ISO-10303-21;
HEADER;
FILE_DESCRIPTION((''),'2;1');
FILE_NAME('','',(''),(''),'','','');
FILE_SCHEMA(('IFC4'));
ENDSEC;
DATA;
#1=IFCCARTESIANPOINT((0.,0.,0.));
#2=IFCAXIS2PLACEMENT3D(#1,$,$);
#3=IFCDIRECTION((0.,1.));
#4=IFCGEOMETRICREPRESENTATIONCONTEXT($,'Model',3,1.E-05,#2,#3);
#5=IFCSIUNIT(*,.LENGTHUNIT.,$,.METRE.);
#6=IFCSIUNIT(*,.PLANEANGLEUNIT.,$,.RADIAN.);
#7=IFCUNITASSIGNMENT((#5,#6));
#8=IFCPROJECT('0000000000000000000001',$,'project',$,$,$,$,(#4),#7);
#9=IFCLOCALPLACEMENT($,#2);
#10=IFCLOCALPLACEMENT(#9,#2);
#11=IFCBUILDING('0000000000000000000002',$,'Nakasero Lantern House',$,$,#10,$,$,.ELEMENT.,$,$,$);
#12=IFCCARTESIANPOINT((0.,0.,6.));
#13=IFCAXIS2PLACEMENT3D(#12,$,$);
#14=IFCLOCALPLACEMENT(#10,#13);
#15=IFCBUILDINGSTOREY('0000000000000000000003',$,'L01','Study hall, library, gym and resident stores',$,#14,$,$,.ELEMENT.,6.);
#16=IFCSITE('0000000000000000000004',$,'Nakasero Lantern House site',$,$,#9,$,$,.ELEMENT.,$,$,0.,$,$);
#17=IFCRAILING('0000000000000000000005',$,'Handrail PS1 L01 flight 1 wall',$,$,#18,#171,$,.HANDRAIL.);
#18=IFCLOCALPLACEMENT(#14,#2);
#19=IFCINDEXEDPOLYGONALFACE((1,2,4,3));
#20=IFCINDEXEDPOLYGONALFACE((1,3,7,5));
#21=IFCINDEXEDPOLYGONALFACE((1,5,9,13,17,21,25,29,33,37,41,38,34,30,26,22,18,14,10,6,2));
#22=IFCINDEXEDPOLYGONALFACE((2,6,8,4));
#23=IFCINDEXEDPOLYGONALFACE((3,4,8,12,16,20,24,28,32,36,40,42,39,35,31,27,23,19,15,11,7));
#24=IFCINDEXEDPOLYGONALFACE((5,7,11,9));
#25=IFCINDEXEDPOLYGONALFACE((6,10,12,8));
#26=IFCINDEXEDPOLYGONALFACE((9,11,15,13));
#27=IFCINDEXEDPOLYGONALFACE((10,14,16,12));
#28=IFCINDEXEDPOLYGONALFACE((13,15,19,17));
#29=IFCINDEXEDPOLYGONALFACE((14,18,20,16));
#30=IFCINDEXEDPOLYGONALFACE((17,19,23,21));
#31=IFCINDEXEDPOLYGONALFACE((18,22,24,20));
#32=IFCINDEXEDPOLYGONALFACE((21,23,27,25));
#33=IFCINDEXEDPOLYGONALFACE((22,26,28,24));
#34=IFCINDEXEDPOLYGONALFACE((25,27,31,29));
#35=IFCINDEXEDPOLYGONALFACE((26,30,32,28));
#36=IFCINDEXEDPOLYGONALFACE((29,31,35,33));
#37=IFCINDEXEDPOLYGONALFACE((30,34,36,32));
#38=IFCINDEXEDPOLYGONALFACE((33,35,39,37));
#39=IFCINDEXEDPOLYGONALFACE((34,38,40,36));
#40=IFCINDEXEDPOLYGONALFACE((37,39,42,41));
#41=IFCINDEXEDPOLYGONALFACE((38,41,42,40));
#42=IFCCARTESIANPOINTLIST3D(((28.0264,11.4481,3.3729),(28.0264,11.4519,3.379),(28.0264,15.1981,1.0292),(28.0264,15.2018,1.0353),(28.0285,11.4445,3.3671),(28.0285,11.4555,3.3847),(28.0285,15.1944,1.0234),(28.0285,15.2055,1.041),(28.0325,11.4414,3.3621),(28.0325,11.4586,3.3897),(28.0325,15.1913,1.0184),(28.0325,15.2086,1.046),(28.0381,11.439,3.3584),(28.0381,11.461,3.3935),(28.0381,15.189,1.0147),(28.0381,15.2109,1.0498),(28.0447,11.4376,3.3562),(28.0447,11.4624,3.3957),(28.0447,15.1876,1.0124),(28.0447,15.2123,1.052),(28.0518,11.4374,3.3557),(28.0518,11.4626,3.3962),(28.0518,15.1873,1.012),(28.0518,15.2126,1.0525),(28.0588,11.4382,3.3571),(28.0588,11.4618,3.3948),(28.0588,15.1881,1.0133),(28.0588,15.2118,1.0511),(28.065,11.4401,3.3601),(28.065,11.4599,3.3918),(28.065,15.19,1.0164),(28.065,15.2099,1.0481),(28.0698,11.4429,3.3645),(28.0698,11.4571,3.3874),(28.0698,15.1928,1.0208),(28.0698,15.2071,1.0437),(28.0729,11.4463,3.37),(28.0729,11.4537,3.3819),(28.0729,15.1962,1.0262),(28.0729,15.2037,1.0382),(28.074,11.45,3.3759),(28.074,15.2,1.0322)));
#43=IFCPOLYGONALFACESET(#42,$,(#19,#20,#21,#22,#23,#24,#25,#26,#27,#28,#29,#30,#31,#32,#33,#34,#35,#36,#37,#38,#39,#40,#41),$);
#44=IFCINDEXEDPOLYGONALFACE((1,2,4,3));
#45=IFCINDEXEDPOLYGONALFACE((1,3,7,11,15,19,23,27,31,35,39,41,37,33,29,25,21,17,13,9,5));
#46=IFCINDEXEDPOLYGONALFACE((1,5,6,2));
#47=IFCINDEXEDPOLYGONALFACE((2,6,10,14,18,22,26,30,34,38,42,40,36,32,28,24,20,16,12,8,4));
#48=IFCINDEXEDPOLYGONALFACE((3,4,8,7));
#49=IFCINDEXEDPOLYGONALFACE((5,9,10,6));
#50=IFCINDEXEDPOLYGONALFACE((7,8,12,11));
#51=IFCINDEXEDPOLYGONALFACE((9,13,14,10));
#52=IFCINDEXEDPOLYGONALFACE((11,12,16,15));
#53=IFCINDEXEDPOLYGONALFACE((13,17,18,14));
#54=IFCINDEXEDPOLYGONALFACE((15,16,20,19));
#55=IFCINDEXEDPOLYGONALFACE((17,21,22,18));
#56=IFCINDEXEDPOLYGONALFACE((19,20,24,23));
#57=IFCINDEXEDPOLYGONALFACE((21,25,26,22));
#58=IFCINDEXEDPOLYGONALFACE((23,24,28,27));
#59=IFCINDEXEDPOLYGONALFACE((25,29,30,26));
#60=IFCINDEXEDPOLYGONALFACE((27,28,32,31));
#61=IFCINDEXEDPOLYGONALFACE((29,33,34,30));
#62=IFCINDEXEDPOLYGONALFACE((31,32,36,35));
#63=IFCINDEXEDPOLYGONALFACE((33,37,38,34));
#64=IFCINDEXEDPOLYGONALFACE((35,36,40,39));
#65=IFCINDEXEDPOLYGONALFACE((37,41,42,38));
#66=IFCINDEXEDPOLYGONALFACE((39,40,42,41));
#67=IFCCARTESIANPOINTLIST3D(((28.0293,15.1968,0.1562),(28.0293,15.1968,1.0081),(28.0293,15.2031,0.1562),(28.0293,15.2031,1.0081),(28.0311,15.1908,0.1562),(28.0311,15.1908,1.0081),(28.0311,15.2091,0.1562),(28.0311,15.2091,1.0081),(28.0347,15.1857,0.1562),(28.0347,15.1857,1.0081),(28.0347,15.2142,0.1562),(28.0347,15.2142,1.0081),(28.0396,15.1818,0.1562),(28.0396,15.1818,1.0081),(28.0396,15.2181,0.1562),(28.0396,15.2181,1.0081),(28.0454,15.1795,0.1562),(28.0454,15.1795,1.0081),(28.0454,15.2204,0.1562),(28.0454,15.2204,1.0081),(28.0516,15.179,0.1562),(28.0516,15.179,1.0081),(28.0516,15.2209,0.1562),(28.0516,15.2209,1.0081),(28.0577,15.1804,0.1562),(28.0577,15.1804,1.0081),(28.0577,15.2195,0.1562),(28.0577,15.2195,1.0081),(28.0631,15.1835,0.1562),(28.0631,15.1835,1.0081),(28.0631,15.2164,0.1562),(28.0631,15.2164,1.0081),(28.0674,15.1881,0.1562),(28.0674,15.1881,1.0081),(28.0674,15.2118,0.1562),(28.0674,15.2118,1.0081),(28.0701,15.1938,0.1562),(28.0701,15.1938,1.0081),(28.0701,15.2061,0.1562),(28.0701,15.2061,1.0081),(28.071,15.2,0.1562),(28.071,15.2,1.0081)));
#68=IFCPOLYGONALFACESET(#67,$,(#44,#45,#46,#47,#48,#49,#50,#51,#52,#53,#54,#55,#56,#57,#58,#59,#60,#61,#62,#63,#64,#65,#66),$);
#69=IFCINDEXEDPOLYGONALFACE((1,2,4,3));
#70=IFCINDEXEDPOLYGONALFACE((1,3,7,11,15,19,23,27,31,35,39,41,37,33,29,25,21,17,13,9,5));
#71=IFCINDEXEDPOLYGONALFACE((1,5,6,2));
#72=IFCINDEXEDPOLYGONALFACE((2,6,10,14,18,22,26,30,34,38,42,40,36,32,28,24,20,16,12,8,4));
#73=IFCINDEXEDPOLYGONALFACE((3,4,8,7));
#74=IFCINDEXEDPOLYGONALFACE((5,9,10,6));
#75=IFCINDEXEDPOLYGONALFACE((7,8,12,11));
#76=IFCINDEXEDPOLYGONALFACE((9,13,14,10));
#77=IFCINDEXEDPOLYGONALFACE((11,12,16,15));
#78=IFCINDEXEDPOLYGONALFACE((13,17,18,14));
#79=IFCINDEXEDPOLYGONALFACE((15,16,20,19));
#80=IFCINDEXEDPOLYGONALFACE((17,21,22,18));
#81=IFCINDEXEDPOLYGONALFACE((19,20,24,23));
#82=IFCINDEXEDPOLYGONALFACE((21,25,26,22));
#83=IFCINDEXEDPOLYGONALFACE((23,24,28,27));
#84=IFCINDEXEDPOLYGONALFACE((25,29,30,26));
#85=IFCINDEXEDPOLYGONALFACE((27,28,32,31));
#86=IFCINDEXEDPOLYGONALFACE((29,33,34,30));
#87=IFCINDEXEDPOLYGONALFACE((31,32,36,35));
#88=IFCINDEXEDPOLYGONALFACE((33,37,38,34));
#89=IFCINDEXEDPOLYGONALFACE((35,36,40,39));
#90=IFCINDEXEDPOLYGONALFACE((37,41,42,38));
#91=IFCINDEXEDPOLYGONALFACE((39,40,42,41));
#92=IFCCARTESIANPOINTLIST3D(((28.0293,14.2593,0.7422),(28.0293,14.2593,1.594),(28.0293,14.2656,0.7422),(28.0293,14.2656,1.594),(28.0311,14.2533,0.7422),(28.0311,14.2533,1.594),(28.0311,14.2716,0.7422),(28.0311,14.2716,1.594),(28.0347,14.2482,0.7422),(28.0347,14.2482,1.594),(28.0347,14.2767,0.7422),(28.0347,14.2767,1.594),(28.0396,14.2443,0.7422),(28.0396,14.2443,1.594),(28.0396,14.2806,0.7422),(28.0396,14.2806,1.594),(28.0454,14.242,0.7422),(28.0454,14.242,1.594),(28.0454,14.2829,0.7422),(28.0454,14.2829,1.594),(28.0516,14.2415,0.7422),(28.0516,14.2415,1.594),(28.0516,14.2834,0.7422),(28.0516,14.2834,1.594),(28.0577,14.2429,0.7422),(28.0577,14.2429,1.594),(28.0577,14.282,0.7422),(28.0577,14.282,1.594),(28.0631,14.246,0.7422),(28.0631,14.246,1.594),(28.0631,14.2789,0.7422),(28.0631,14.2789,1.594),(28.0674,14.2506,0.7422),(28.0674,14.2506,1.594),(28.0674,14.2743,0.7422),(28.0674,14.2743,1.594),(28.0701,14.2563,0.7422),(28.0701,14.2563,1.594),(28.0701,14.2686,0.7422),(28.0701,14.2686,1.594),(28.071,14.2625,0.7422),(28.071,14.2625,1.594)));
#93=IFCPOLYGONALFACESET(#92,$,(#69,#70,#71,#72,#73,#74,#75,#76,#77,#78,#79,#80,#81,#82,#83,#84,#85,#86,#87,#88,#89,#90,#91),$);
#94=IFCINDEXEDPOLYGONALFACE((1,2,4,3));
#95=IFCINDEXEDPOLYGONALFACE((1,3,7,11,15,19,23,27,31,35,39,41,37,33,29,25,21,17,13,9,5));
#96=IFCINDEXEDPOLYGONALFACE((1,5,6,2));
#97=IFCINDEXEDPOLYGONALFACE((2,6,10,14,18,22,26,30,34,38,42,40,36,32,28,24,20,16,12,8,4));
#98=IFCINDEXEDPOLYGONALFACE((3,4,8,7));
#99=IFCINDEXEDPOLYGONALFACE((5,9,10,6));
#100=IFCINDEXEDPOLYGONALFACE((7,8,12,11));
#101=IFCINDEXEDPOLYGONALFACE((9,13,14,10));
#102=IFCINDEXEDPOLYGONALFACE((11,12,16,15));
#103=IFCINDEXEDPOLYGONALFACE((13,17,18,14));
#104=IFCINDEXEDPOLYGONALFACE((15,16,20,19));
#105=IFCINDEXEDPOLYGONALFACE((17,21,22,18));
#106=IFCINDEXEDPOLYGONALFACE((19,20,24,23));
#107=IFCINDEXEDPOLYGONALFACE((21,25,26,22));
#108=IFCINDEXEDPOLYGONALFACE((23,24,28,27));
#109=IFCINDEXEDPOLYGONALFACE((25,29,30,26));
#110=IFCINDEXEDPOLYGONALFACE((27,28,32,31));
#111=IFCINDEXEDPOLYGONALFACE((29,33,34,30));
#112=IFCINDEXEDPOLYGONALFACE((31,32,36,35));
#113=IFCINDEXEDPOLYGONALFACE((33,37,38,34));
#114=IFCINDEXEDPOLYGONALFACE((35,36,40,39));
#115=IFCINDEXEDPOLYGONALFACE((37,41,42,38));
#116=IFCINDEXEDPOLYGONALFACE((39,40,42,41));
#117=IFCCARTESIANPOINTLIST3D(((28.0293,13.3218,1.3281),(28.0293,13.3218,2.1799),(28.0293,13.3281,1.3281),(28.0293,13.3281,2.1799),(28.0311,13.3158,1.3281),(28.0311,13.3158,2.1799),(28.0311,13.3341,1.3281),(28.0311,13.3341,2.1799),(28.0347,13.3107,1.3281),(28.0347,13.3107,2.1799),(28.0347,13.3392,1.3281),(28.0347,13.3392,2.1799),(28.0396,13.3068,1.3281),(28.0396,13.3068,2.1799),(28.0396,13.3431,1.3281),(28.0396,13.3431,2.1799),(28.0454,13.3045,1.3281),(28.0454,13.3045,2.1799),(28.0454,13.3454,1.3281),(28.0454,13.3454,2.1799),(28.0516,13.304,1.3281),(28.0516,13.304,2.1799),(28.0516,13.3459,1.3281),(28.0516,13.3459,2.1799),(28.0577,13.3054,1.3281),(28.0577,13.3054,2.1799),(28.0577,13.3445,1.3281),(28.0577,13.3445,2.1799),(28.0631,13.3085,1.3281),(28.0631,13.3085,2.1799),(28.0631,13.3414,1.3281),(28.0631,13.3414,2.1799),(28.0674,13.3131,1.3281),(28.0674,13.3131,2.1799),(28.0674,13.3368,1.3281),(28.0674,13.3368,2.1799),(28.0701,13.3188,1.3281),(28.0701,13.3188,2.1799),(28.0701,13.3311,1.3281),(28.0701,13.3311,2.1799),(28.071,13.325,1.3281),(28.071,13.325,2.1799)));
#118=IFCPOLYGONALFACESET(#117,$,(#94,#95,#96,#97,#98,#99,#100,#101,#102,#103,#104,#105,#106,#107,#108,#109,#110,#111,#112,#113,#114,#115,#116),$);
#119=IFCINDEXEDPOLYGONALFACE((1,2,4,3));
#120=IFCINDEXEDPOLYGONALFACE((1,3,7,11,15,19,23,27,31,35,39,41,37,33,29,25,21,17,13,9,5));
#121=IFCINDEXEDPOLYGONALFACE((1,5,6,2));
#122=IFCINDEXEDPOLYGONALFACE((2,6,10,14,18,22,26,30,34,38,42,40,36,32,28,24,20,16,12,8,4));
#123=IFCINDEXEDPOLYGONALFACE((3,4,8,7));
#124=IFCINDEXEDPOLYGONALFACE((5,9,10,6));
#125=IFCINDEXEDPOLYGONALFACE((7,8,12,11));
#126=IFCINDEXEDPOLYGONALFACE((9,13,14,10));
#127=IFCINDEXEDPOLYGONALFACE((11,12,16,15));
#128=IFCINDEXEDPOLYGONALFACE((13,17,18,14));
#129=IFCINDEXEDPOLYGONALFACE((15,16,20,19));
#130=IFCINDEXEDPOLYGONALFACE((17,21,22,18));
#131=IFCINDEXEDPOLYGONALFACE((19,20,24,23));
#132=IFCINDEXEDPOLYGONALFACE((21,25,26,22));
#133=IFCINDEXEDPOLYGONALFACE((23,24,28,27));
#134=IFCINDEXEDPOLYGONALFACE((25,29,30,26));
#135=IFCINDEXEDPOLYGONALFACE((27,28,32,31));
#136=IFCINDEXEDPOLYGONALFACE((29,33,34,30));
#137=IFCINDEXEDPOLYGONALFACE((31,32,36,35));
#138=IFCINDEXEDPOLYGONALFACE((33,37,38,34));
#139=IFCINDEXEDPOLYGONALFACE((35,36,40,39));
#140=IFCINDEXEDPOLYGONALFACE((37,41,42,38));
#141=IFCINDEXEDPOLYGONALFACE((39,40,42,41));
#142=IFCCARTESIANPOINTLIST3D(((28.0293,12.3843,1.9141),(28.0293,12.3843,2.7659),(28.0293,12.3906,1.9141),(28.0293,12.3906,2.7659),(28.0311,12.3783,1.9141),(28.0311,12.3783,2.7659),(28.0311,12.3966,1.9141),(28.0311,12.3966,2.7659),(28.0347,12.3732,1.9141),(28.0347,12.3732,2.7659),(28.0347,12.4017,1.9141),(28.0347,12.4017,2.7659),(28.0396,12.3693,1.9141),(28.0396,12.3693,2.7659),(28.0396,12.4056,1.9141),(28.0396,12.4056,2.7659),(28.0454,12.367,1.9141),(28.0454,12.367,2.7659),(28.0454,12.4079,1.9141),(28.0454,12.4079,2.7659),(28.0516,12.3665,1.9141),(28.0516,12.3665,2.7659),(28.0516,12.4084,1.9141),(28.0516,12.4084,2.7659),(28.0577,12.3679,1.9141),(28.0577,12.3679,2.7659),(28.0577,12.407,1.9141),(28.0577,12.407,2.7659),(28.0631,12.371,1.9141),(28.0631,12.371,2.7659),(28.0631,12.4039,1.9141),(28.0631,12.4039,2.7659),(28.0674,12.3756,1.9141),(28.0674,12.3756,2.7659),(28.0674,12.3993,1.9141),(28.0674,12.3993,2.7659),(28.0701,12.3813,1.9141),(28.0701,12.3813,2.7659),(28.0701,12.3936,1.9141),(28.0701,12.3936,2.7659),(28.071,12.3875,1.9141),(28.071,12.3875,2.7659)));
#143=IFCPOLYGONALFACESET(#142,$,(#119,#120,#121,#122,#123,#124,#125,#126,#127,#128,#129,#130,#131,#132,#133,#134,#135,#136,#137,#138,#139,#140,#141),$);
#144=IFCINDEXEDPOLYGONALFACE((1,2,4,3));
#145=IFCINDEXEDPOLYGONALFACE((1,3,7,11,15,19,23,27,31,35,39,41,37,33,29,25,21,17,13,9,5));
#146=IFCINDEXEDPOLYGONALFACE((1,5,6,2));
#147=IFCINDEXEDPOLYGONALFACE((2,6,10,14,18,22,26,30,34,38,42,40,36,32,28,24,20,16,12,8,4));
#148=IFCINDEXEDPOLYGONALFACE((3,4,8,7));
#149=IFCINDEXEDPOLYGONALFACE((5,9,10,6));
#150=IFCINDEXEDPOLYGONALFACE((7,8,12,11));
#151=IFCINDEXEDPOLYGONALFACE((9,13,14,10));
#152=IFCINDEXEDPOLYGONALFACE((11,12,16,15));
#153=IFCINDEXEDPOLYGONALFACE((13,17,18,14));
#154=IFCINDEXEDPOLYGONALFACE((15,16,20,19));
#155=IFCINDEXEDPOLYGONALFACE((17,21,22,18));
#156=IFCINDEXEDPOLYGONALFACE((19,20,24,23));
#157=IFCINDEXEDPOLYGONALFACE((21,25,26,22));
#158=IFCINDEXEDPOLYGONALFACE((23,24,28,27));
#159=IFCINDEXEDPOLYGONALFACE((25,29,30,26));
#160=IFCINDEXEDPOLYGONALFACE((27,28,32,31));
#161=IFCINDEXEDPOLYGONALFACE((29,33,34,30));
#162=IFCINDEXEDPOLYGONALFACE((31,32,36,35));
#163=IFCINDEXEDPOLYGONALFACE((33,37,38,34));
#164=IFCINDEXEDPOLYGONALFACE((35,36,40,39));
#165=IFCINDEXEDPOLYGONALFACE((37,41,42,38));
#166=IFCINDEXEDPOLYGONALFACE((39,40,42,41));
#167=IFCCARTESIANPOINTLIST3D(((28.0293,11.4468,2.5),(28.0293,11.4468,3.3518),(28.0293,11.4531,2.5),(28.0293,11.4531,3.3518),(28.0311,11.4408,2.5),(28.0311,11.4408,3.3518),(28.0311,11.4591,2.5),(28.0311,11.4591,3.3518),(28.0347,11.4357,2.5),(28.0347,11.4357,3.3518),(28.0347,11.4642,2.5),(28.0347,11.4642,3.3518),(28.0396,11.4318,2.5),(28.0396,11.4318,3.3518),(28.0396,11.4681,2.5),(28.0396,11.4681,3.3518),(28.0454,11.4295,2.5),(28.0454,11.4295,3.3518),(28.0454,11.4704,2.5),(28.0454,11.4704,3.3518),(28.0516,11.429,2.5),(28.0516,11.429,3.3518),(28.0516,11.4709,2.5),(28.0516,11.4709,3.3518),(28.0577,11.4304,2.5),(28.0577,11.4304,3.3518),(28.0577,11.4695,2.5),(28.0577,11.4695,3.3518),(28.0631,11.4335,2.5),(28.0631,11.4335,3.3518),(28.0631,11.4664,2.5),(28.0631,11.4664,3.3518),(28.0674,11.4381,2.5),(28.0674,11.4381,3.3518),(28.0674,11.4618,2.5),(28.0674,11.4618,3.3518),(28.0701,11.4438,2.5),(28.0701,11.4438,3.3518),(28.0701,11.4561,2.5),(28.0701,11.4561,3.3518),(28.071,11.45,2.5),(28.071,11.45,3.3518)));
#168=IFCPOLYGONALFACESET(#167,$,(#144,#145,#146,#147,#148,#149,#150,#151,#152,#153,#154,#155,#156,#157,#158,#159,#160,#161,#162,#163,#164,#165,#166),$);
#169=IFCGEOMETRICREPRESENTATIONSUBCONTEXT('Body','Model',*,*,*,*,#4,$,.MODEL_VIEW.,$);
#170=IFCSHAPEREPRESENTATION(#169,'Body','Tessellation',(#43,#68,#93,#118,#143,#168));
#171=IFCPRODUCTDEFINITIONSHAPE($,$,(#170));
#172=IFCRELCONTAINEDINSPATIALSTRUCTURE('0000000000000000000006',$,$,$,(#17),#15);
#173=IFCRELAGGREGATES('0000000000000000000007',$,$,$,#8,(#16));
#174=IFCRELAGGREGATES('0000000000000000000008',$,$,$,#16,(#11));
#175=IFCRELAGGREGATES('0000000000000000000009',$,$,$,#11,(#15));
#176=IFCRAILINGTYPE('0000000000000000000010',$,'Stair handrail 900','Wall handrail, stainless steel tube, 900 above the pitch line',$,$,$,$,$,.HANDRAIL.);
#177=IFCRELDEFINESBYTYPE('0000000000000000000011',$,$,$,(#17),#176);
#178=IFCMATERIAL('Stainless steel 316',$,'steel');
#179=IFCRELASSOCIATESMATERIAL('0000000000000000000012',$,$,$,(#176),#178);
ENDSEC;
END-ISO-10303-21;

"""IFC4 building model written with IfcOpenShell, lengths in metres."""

from ifc_helpers import new_model, si_unit, direction, frame, origin, origin_2d, place, context, subcontext, project, spatial, circle, extrude, material, type_object, element, save


model = new_model("IFC4")

# Units and contexts
model_context = context("Model", 3, precision=1e-05, world=origin(), true_north=direction((0.0, 1.0)))
body_context = subcontext(model_context, "Body", "Model", "MODEL_VIEW")
ifc_project = project(units=[si_unit("LENGTHUNIT", "METRE"), si_unit("PLANEANGLEUNIT", "RADIAN")], contexts=[model_context])

# Site, building, storey
site_placement = place(None, origin())
site = spatial("IfcSite", under=ifc_project, at=site_placement, Name="Nakasero Lantern House site", CompositionType="ELEMENT", RefElevation=0.0)
building_placement = place(site_placement, origin())
building = spatial("IfcBuilding", under=site, at=building_placement, Name="Nakasero Lantern House", CompositionType="ELEMENT")
storey_placement = place(building_placement, frame((0.0, 0.0, 6.0)))
storey = spatial("IfcBuildingStorey", under=building, at=storey_placement, Name="L01", Description="Study hall, library, gym and resident stores", CompositionType="ELEMENT", Elevation=6.0)

# Railing
ifc_material_1 = material(Name="Stainless steel 316", Category="steel")
railing_type = type_object("IfcRailingType", Name="Stair handrail 900", Description="Wall handrail, stainless steel tube, 900 above the pitch line", PredefinedType="HANDRAIL", material=ifc_material_1)
for number, where, name in (
    (1, (28.05, 15.2, 0.1562), "Handrail PS1 L01 flight 1 wall"),
):
    element("IfcRailing", number, at=place(storey_placement, frame(where)), inside=storey, type_object=railing_type, Name=name, PredefinedType="HANDRAIL", context=body_context, shape_type="SweptSolid", body=[
        extrude(circle(Radius=0.0239, at=origin_2d()), frame((0.0, 0.0, 0.876), z_axis=(0.0, -0.847998, 0.529999), x_axis=(1.0, 0.0, 0.0)), (0.0, 0.0, 1.0), 4.4221),
        extrude(circle(Radius=0.021, at=origin_2d()), origin(), (0.0, 0.0, 1.0), 0.8518),
        extrude(circle(Radius=0.021, at=origin_2d()), frame((0.0, -0.9375, 0.5859)), (0.0, 0.0, 1.0), 0.8518),
        extrude(circle(Radius=0.021, at=origin_2d()), frame((0.0, -1.875, 1.1719)), (0.0, 0.0, 1.0), 0.8518),
        extrude(circle(Radius=0.021, at=origin_2d()), frame((0.0, -2.8125, 1.7578)), (0.0, 0.0, 1.0), 0.8518),
        extrude(circle(Radius=0.021, at=origin_2d()), frame((0.0, -3.75, 2.3438)), (0.0, 0.0, 1.0), 0.8518),
    ])

save(model, "model.ifc")
